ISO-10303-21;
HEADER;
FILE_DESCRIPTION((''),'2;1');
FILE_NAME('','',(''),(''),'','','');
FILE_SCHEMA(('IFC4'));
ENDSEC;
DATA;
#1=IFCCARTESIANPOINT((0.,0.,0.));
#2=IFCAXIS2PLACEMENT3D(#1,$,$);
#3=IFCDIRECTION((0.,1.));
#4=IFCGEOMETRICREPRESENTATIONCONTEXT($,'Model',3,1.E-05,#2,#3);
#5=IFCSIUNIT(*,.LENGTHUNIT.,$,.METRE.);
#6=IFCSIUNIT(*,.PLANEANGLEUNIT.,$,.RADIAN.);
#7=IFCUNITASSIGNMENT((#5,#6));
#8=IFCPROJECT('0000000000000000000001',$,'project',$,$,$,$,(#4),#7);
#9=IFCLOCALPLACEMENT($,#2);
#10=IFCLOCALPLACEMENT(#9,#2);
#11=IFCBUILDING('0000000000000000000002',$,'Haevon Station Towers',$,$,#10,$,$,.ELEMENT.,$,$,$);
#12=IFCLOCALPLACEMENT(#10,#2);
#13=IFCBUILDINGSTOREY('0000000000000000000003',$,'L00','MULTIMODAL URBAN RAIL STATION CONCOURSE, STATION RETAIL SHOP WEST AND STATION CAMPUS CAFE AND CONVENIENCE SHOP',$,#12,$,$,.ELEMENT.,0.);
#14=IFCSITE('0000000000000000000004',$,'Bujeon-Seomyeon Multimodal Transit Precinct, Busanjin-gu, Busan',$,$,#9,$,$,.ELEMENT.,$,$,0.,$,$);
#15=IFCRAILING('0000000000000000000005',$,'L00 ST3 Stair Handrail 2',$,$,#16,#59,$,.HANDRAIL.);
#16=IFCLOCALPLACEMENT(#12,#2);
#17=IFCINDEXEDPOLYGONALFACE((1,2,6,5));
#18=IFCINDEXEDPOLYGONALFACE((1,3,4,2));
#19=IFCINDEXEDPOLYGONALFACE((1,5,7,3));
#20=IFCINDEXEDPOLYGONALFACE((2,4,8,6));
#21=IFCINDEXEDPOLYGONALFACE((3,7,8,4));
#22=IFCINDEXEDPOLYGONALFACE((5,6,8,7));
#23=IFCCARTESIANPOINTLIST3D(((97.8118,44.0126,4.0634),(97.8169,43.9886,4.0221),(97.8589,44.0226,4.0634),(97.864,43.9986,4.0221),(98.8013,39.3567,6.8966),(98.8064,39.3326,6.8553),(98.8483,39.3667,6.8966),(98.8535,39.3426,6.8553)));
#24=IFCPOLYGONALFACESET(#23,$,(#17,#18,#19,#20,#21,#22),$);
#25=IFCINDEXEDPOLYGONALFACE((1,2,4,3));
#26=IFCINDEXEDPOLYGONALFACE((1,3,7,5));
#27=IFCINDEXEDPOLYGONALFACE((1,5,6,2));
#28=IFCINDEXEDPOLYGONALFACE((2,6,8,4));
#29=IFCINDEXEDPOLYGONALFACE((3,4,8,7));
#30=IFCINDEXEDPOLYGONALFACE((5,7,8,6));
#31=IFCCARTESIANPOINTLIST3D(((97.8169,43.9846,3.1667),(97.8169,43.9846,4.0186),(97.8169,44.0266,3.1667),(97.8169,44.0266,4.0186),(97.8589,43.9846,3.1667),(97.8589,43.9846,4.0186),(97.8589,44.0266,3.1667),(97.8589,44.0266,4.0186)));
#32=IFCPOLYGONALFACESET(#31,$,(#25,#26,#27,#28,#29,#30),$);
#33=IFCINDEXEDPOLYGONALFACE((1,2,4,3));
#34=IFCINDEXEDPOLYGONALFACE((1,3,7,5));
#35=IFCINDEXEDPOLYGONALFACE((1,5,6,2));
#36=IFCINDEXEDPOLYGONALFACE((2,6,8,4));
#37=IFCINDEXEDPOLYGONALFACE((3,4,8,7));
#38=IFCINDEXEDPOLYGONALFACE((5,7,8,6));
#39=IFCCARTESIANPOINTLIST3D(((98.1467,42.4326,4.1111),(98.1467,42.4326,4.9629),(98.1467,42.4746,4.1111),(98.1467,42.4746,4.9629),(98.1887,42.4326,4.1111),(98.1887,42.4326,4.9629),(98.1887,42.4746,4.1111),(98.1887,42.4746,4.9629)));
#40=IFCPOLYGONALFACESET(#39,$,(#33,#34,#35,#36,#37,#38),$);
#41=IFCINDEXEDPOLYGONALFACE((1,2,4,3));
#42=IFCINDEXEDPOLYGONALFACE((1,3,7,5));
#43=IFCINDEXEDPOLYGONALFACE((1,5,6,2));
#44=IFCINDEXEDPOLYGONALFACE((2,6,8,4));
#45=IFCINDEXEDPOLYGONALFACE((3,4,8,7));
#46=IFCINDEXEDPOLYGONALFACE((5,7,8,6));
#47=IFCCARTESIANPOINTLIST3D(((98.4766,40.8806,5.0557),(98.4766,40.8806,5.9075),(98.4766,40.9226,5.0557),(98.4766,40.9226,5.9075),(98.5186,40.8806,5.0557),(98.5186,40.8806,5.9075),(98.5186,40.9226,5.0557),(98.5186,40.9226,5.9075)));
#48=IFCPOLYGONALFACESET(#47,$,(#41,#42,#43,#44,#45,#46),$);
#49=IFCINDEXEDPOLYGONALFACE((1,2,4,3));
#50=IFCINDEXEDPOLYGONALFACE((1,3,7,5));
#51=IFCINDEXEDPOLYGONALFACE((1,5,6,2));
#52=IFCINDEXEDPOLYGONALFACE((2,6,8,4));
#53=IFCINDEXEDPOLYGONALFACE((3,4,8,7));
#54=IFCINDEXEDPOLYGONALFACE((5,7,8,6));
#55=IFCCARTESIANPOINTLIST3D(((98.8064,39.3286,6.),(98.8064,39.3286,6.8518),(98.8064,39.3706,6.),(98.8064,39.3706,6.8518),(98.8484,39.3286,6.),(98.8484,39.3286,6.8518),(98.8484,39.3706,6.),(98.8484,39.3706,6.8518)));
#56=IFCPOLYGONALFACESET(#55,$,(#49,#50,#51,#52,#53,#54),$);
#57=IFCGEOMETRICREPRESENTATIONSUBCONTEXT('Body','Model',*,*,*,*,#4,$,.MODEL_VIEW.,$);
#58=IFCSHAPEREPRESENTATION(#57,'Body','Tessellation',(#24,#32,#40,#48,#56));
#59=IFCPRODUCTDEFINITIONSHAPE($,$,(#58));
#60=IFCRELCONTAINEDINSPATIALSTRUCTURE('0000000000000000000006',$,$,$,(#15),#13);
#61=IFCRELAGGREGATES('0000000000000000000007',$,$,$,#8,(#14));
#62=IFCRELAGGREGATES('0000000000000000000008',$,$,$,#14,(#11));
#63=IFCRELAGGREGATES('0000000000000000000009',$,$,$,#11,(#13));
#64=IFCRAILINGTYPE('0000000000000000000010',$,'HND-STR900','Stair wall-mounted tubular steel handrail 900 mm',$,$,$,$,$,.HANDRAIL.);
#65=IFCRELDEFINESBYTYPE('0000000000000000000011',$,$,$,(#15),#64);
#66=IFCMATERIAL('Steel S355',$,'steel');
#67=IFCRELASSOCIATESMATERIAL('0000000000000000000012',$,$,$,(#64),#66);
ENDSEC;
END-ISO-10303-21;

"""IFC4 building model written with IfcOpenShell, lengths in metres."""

from ifc_helpers import new_model, si_unit, direction, frame, origin, origin_2d, place, context, subcontext, project, spatial, rectangle, extrude, material, type_object, element, save


model = new_model("IFC4")

# Units and contexts
model_context = context("Model", 3, precision=1e-05, world=origin(), true_north=direction((0.0, 1.0)))
body_context = subcontext(model_context, "Body", "Model", "MODEL_VIEW")
ifc_project = project(units=[si_unit("LENGTHUNIT", "METRE"), si_unit("PLANEANGLEUNIT", "RADIAN")], contexts=[model_context])

# Site, building, storey
site_placement = place(None, origin())
site = spatial("IfcSite", under=ifc_project, at=site_placement, Name="Bujeon-Seomyeon Multimodal Transit Precinct, Busanjin-gu, Busan", CompositionType="ELEMENT", RefElevation=0.0)
building_placement = place(site_placement, origin())
building = spatial("IfcBuilding", under=site, at=building_placement, Name="Haevon Station Towers", CompositionType="ELEMENT")
storey_placement = place(building_placement, origin())
storey = spatial("IfcBuildingStorey", under=building, at=storey_placement, Name="L00", Description="MULTIMODAL URBAN RAIL STATION CONCOURSE, STATION RETAIL SHOP WEST AND STATION CAMPUS CAFE AND CONVENIENCE SHOP", CompositionType="ELEMENT", Elevation=0.0)

# Shared definitions
ifc_material_1 = material(Name="Steel S355", Category="steel")

# Railing
railing_type_1 = type_object("IfcRailingType", Name="HND-STR900", Description="Stair wall-mounted tubular steel handrail 900 mm", PredefinedType="HANDRAIL", material=ifc_material_1)
railing_1_placement = place(storey_placement, frame((97.8379, 44.0056, 3.1667)))
element("IfcRailing", 1, at=railing_1_placement, inside=storey, type_object=railing_type_1, Name="L00 ST3 Stair Handrail 2", PredefinedType="HANDRAIL", context=body_context, shape_type="SweptSolid", body=[
    extrude(rectangle(XDim=0.0481, YDim=0.0481, at=origin_2d()), frame((0.0, 0.0, 0.876), z_axis=(0.17863, -0.840527, 0.511474), x_axis=(0.978155, 0.207879, 0.0)), (0.0, 0.0, 1.0), 5.5393),
    extrude(rectangle(XDim=0.042, YDim=0.042, at=origin_2d()), origin(), (0.0, 0.0, 1.0), 0.8518),
    extrude(rectangle(XDim=0.042, YDim=0.042, at=origin_2d()), frame((0.3298, -1.552, 0.9443)), (0.0, 0.0, 1.0), 0.8518),
    extrude(rectangle(XDim=0.042, YDim=0.042, at=origin_2d()), frame((0.6597, -3.104, 1.8889)), (0.0, 0.0, 1.0), 0.8518),
    extrude(rectangle(XDim=0.042, YDim=0.042, at=origin_2d()), frame((0.9895, -4.656, 2.8333)), (0.0, 0.0, 1.0), 0.8518),
])

save(model, "model.ifc")
